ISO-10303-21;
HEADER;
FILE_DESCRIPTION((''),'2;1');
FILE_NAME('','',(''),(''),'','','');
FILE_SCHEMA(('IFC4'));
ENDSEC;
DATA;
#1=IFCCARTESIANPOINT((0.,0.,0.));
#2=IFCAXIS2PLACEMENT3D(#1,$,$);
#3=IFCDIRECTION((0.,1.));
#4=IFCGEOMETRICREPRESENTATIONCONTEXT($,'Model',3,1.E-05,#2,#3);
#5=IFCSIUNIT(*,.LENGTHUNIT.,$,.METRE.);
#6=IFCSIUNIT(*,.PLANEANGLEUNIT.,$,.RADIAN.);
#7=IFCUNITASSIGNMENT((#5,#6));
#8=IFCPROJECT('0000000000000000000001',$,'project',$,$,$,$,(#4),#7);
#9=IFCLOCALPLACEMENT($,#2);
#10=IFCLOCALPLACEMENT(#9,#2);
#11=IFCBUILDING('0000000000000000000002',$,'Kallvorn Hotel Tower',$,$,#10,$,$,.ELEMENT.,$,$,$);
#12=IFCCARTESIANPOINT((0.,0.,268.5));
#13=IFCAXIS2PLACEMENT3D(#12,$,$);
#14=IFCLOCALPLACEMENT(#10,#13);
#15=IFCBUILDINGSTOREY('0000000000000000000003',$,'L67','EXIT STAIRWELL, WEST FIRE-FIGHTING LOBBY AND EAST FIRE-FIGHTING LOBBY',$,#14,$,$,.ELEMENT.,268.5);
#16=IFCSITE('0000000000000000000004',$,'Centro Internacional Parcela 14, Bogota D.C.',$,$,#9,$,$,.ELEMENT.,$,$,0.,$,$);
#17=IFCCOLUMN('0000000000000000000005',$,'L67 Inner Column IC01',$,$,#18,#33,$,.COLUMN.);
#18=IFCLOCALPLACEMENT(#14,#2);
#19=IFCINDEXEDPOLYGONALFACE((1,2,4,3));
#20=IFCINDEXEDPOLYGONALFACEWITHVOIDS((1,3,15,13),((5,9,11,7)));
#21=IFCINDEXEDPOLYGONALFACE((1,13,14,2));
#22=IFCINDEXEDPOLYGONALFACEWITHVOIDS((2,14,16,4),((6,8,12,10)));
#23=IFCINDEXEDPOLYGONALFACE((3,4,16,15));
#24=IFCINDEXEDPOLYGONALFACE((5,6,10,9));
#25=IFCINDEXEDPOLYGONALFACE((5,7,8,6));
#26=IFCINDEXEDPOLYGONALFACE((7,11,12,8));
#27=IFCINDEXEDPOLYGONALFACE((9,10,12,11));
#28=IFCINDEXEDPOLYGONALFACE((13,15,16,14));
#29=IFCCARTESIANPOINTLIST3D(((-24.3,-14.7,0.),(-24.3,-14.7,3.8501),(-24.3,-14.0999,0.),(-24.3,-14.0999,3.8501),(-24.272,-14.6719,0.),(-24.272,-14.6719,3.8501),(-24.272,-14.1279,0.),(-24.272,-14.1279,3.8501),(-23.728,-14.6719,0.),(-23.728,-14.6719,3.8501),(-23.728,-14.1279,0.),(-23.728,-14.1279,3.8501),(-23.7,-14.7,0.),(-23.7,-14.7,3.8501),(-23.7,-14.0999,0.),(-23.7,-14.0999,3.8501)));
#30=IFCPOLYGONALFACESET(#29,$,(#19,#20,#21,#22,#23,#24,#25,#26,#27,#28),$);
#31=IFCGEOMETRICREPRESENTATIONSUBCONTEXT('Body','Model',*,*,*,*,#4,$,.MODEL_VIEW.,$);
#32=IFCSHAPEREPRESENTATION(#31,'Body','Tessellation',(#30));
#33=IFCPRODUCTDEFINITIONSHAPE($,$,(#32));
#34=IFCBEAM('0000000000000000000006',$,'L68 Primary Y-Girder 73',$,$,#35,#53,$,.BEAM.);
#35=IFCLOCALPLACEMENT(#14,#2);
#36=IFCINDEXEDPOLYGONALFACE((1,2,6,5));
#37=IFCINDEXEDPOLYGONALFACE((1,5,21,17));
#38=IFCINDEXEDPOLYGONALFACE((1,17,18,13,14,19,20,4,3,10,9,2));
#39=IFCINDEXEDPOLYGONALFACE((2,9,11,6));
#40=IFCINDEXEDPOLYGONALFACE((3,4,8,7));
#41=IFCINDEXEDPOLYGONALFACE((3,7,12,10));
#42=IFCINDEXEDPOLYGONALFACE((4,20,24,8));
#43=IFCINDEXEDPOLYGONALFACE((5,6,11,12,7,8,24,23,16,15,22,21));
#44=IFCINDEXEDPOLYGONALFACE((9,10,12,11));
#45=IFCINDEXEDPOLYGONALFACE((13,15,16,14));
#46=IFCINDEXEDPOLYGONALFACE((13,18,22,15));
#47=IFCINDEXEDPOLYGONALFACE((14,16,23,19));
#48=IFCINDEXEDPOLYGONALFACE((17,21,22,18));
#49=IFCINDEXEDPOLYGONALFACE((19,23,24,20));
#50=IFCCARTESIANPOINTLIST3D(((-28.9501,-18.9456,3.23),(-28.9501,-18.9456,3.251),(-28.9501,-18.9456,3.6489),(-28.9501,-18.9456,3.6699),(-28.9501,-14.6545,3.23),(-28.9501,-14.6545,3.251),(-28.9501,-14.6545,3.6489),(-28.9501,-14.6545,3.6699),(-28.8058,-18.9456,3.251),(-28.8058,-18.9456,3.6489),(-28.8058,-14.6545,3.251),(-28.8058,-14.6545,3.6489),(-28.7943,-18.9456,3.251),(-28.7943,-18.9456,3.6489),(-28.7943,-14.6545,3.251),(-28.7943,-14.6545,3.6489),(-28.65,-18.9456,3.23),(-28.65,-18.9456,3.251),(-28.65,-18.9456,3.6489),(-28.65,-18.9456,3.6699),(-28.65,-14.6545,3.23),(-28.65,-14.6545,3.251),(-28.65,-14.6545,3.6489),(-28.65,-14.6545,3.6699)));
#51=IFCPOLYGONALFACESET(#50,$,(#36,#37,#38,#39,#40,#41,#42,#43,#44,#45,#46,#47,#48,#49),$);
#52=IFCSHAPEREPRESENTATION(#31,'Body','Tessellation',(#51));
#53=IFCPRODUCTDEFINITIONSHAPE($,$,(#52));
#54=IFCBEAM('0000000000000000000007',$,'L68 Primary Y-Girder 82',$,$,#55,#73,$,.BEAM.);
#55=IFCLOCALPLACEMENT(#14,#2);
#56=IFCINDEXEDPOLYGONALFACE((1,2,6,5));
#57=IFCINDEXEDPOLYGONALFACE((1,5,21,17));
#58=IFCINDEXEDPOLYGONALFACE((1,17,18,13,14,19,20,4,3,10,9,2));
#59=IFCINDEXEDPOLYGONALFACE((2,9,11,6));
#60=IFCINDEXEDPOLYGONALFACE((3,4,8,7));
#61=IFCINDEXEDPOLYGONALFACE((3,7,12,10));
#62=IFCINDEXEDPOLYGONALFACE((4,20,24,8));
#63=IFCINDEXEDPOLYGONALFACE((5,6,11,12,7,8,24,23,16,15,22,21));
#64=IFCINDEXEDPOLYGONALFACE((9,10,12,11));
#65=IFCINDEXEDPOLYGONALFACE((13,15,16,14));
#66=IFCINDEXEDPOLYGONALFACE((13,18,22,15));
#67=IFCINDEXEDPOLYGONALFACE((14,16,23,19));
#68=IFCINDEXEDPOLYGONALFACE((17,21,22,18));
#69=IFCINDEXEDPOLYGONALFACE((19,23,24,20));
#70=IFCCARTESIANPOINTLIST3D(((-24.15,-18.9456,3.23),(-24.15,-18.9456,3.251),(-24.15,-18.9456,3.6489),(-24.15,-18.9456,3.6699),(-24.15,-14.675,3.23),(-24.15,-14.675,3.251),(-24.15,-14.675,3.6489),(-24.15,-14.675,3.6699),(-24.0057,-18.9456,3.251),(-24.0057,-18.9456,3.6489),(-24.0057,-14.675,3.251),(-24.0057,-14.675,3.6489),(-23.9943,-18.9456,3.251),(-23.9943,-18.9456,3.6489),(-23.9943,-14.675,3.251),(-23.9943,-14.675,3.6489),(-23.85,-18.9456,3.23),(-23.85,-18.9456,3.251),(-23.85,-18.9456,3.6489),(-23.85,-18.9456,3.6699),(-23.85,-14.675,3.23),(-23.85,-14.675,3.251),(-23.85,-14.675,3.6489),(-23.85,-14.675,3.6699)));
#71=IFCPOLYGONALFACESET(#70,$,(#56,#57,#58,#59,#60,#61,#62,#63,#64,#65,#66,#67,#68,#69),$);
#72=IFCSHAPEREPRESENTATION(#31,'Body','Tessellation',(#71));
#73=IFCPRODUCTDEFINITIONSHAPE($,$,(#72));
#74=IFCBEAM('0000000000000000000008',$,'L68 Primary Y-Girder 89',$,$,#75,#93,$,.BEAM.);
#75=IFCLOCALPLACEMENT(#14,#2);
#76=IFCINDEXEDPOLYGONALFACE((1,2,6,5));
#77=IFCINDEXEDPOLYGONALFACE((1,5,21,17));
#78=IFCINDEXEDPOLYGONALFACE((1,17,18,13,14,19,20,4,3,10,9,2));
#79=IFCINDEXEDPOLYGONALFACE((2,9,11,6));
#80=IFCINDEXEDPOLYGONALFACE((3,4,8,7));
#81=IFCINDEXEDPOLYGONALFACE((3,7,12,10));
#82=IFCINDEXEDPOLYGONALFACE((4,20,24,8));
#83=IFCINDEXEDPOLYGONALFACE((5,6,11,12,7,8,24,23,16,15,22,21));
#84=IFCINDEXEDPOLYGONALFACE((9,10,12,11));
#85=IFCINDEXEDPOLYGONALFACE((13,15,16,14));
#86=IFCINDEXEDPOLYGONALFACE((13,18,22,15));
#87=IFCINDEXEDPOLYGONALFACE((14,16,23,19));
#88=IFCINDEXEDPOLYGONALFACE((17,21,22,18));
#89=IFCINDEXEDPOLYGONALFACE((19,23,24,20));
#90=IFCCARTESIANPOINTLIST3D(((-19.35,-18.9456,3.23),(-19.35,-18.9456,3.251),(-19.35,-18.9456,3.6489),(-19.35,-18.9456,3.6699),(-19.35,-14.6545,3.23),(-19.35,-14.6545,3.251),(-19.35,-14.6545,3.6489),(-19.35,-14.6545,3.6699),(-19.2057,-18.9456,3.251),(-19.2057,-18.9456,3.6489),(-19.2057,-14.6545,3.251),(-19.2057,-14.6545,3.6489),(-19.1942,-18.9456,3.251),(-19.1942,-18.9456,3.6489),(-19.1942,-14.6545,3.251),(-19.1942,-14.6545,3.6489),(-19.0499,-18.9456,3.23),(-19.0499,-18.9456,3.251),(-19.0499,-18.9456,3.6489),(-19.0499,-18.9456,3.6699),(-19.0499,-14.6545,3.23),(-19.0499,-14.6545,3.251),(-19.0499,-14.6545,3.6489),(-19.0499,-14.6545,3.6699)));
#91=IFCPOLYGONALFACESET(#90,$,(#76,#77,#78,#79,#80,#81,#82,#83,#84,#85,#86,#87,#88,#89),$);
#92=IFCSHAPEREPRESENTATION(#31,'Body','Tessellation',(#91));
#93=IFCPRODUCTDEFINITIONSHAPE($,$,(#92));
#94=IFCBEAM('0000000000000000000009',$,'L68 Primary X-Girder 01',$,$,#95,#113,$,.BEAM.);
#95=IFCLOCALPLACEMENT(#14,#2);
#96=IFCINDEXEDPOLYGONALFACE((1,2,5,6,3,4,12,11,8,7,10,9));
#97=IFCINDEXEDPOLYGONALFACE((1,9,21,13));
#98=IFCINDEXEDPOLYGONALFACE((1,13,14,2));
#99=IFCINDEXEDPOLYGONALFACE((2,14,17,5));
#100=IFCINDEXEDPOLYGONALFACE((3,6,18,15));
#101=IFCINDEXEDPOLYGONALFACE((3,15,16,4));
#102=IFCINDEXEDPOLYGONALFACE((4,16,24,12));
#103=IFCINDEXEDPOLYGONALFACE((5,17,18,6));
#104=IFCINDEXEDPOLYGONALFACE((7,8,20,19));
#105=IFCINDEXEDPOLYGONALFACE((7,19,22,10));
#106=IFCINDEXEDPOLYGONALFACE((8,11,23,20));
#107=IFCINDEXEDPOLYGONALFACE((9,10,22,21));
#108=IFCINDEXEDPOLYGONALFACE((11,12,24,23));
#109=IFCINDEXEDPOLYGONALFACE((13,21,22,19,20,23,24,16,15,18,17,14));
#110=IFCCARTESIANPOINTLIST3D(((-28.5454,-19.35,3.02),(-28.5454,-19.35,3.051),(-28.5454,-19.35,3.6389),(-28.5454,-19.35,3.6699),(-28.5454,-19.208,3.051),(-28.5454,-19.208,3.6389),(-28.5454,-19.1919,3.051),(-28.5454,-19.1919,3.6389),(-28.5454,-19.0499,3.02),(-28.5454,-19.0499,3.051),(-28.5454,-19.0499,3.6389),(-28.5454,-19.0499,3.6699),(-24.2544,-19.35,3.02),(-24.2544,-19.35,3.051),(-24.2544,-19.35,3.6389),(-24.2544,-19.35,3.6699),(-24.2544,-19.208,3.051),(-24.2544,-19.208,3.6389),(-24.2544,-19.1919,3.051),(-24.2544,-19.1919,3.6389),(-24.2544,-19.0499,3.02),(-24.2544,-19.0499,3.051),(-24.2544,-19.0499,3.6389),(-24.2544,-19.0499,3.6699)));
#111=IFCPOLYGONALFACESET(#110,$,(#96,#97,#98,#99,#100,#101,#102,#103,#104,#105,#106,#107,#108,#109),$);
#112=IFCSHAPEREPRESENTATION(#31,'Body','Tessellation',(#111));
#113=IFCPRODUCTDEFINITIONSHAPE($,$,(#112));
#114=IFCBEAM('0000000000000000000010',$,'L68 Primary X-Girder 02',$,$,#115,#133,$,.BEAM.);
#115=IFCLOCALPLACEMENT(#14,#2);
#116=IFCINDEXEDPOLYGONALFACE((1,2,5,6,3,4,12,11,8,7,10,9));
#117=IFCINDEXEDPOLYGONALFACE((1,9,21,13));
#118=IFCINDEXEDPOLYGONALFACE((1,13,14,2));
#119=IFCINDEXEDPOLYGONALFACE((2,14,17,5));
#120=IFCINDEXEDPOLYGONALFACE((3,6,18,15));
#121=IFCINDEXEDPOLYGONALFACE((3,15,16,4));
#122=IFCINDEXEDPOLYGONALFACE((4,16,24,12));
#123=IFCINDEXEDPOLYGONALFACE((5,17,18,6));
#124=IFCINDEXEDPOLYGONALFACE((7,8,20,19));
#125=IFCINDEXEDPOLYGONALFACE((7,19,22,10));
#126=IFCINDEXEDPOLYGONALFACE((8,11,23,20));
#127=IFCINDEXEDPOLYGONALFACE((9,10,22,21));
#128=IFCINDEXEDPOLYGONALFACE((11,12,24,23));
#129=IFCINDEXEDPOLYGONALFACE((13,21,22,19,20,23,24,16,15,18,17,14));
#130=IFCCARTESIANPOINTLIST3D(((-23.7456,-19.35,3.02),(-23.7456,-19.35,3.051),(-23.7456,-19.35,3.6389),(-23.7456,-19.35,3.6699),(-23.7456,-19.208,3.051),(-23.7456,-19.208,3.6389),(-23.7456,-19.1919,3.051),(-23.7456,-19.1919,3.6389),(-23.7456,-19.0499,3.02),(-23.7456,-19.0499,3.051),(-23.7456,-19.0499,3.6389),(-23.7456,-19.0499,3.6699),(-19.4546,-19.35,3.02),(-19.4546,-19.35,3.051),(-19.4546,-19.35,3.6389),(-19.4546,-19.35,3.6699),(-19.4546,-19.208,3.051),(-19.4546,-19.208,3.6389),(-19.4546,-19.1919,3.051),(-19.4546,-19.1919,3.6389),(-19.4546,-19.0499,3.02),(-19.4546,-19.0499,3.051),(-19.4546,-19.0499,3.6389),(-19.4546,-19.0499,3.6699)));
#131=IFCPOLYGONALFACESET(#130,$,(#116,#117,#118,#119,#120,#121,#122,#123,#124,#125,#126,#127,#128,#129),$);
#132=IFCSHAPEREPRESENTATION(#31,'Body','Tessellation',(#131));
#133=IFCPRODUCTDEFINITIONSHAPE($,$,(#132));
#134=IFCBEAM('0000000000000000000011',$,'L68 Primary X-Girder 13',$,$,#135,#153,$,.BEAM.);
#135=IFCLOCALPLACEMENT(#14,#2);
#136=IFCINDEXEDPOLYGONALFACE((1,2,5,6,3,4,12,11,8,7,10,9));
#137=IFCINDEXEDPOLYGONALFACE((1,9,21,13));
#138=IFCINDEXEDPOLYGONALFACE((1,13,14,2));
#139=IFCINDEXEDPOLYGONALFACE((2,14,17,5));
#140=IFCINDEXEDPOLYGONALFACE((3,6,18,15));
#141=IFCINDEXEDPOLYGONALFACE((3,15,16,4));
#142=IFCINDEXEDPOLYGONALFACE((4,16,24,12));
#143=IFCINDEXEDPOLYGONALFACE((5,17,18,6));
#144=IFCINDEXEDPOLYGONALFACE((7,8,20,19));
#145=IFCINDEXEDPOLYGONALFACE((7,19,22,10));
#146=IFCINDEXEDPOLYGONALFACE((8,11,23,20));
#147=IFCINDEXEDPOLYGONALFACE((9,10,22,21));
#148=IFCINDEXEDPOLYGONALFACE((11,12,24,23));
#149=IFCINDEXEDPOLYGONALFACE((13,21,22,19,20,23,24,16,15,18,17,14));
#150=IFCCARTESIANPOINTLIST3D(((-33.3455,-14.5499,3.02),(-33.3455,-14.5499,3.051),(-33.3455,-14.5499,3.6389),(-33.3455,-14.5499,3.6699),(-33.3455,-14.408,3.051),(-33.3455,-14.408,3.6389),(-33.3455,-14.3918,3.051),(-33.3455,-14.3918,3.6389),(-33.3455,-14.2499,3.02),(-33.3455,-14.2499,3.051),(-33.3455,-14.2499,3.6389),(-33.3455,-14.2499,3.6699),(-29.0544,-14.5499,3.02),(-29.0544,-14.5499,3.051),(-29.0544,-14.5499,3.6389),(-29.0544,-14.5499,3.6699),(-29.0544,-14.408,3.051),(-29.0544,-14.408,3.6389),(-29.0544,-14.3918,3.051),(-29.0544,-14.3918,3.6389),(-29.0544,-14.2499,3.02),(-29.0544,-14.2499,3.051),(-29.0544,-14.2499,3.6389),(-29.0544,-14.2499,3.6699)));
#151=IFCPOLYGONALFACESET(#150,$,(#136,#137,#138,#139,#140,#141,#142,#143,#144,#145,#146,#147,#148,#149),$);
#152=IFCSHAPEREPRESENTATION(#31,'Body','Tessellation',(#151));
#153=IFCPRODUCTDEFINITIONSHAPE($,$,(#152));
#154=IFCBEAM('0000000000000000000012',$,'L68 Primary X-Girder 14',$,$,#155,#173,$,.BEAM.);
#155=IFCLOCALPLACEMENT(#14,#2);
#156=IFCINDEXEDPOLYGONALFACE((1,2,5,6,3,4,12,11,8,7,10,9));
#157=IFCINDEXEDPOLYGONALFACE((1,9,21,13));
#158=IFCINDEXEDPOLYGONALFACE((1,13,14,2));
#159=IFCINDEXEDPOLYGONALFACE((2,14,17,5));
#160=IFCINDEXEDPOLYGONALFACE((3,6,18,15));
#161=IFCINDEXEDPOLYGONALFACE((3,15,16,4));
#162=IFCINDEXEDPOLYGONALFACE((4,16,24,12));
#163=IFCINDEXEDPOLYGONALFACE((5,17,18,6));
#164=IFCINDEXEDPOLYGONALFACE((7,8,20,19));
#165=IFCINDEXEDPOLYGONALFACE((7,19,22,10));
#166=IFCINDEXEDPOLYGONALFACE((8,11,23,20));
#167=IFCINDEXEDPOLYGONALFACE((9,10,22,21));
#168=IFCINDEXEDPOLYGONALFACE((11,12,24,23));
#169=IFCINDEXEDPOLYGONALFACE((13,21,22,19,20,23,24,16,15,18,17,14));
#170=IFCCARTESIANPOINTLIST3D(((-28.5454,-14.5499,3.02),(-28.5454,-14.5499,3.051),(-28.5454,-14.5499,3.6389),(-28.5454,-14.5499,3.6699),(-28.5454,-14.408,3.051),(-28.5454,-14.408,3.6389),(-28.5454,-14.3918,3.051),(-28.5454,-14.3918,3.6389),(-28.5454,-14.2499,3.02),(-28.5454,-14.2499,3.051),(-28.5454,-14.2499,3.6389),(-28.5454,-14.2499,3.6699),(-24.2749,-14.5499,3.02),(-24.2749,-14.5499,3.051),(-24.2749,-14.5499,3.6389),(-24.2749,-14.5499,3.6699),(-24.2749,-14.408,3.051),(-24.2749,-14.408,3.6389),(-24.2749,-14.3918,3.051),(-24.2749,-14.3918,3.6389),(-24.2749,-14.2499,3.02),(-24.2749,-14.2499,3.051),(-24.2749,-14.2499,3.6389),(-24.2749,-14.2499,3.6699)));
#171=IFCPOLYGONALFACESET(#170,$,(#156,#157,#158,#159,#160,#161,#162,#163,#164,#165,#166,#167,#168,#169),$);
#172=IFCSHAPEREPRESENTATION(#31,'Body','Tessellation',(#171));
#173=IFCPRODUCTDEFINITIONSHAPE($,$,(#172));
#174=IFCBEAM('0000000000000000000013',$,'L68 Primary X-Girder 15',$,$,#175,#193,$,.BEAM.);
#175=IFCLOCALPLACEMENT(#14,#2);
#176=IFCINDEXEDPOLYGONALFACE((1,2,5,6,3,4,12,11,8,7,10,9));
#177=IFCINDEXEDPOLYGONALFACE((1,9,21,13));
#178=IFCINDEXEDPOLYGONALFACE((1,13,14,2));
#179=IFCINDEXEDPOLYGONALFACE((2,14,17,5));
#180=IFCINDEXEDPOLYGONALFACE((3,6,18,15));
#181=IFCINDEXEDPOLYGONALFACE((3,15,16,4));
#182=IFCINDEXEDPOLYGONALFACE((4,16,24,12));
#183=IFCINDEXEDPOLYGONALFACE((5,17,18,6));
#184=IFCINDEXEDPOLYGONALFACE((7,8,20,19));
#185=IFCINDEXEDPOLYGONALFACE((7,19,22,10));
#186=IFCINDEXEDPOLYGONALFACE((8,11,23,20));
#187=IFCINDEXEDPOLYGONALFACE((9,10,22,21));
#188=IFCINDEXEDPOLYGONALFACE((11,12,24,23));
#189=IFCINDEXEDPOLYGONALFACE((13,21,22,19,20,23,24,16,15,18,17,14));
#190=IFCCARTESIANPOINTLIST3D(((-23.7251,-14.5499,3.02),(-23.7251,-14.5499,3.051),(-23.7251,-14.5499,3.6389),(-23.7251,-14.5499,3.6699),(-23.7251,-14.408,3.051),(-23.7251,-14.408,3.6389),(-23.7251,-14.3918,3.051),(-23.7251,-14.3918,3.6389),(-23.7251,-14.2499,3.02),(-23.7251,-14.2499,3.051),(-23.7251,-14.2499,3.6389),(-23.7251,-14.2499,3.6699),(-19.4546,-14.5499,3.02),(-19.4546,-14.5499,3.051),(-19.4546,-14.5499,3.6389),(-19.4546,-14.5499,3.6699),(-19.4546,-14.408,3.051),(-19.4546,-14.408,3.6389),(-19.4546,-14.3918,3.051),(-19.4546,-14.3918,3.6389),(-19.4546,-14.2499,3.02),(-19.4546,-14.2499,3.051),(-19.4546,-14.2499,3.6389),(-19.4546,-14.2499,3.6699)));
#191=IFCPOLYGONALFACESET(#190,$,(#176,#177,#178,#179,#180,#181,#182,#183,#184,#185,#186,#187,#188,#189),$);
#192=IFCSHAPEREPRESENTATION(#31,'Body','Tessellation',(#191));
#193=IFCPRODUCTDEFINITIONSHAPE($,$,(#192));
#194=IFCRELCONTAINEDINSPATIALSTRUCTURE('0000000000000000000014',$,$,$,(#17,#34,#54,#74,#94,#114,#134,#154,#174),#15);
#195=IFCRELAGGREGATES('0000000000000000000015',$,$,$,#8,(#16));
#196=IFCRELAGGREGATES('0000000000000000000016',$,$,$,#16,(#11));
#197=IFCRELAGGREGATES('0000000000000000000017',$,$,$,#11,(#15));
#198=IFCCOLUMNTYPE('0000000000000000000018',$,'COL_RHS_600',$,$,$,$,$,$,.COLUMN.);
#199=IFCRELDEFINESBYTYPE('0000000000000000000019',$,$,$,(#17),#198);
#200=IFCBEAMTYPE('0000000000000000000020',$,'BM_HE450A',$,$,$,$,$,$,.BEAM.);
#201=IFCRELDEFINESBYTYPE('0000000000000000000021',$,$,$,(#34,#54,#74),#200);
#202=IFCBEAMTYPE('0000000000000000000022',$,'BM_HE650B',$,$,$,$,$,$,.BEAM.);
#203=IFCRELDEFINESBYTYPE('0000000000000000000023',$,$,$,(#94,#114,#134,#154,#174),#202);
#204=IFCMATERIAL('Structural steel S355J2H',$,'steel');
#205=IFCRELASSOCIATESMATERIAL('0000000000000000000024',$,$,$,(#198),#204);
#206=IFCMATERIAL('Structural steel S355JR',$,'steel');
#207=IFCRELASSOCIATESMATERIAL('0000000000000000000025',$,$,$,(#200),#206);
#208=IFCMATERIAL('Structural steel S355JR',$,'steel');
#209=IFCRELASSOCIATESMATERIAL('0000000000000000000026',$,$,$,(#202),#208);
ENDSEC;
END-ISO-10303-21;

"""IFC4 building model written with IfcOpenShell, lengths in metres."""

from ifc_helpers import new_model, si_unit, direction, frame, origin, origin_2d, place, context, subcontext, project, spatial, hollow_rectangle, i_section, extrude, material, material_profile, profile_set, type_object, element, save


model = new_model("IFC4")

# Units and contexts
model_context = context("Model", 3, precision=1e-05, world=origin(), true_north=direction((0.0, 1.0)))
body_context = subcontext(model_context, "Body", "Model", "MODEL_VIEW")
ifc_project = project(units=[si_unit("LENGTHUNIT", "METRE"), si_unit("PLANEANGLEUNIT", "RADIAN")], contexts=[model_context])

# Site, building, storey
site_placement = place(None, origin())
site = spatial("IfcSite", under=ifc_project, at=site_placement, Name="Centro Internacional Parcela 14, Bogota D.C.", CompositionType="ELEMENT", RefElevation=0.0)
building_placement = place(site_placement, origin())
building = spatial("IfcBuilding", under=site, at=building_placement, Name="Kallvorn Hotel Tower", CompositionType="ELEMENT")
storey_placement = place(building_placement, frame((0.0, 0.0, 268.5)))
storey = spatial("IfcBuildingStorey", under=building, at=storey_placement, Name="L67", Description="EXIT STAIRWELL, WEST FIRE-FIGHTING LOBBY AND EAST FIRE-FIGHTING LOBBY", CompositionType="ELEMENT", Elevation=268.5)

# Column
ifc_material_1 = material(Name="Structural steel S355J2H", Category="steel")
ifc_material_profile_1 = material_profile(ifc_material_1, hollow_rectangle(XDim=0.6001, YDim=0.6001, WallThickness=0.0281, at=origin_2d()), Name="RHS 600x600x28")
ifc_profile_set_1 = profile_set([ifc_material_profile_1], Name="Structural steel S355J2H")
column_type_1 = type_object("IfcColumnType", Name="COL_RHS_600", PredefinedType="COLUMN", material=ifc_profile_set_1)
column_placement = place(storey_placement, frame((-24.0, -14.3999, 0.0), z_axis=(0.0, 0.0, 1.0), x_axis=(1.0, 0.0, 0.0)))
element("IfcColumn", 1, at=column_placement, inside=storey, type_object=column_type_1, Name="L67 Inner Column IC01", PredefinedType="COLUMN", context=body_context, shape_type="SweptSolid", body=[
    extrude(hollow_rectangle(XDim=0.6001, YDim=0.6001, WallThickness=0.0281, at=origin_2d()), origin(), (0.0, 0.0, 1.0), 3.8501),
])

# Beams
ifc_material_2 = material(Name="Structural steel S355JR", Category="steel")
ifc_material_profile_2 = material_profile(ifc_material_2, i_section(OverallWidth=0.3, OverallDepth=0.4399, WebThickness=0.0115, FlangeThickness=0.021, at=origin_2d()), Name="HE 450 A")
ifc_profile_set_2 = profile_set([ifc_material_profile_2], Name="Structural steel S355JR")
beam_type_1 = type_object("IfcBeamType", Name="BM_HE450A", PredefinedType="BEAM", material=ifc_profile_set_2)
beam_1_placement = place(storey_placement, frame((-28.8, -18.9456, 3.45), z_axis=(0.0, 1.0, 0.0), x_axis=(-1.0, 0.0, 0.0)))
element("IfcBeam", 2, at=beam_1_placement, inside=storey, type_object=beam_type_1, Name="L68 Primary Y-Girder 73", PredefinedType="BEAM", context=body_context, shape_type="SweptSolid", body=[
    extrude(i_section(OverallWidth=0.3, OverallDepth=0.4399, WebThickness=0.0115, FlangeThickness=0.021, at=origin_2d()), origin(), (0.0, 0.0, 1.0), 4.291),
])
beam_2_placement = place(storey_placement, frame((-24.0, -18.9456, 3.45), z_axis=(0.0, 1.0, 0.0), x_axis=(-1.0, 0.0, 0.0)))
element("IfcBeam", 3, at=beam_2_placement, inside=storey, type_object=beam_type_1, Name="L68 Primary Y-Girder 82", PredefinedType="BEAM", context=body_context, shape_type="SweptSolid", body=[
    extrude(i_section(OverallWidth=0.3, OverallDepth=0.4399, WebThickness=0.0115, FlangeThickness=0.021, at=origin_2d()), origin(), (0.0, 0.0, 1.0), 4.2705),
])
beam_3_placement = place(storey_placement, frame((-19.2, -18.9456, 3.45), z_axis=(0.0, 1.0, 0.0), x_axis=(-1.0, 0.0, 0.0)))
element("IfcBeam", 4, at=beam_3_placement, inside=storey, type_object=beam_type_1, Name="L68 Primary Y-Girder 89", PredefinedType="BEAM", context=body_context, shape_type="SweptSolid", body=[
    extrude(i_section(OverallWidth=0.3, OverallDepth=0.4399, WebThickness=0.0115, FlangeThickness=0.021, at=origin_2d()), origin(), (0.0, 0.0, 1.0), 4.291),
])
ifc_material_3 = material(Name="Structural steel S355JR", Category="steel")
ifc_material_profile_3 = material_profile(ifc_material_3, i_section(OverallWidth=0.3, OverallDepth=0.6499, WebThickness=0.0161, FlangeThickness=0.031, at=origin_2d()), Name="HE 650 B")
ifc_profile_set_3 = profile_set([ifc_material_profile_3], Name="Structural steel S355JR")
beam_type_2 = type_object("IfcBeamType", Name="BM_HE650B", PredefinedType="BEAM", material=ifc_profile_set_3)
for number, where, z_axis, x_axis, name in (
    (5, (-28.5454, -19.2, 3.345), (1.0, 0.0, 0.0), (0.0, 1.0, 0.0), "L68 Primary X-Girder 01"),
    (6, (-23.7456, -19.2, 3.345), (1.0, 0.0, 0.0), (0.0, 1.0, 0.0), "L68 Primary X-Girder 02"),
    (7, (-33.3455, -14.3999, 3.345), (1.0, 0.0, 0.0), (0.0, 1.0, 0.0), "L68 Primary X-Girder 13"),
):
    element("IfcBeam", number, at=place(storey_placement, frame(where, z_axis=z_axis, x_axis=x_axis)), inside=storey, type_object=beam_type_2, Name=name, PredefinedType="BEAM", context=body_context, shape_type="SweptSolid", body=[
        extrude(i_section(OverallWidth=0.3, OverallDepth=0.6499, WebThickness=0.0161, FlangeThickness=0.031, at=origin_2d()), origin(), (0.0, 0.0, 1.0), 4.291),
    ])
for number, where, z_axis, x_axis, name in (
    (8, (-28.5454, -14.3999, 3.345), (1.0, 0.0, 0.0), (0.0, 1.0, 0.0), "L68 Primary X-Girder 14"),
    (9, (-23.7251, -14.3999, 3.345), (1.0, 0.0, 0.0), (0.0, 1.0, 0.0), "L68 Primary X-Girder 15"),
):
    element("IfcBeam", number, at=place(storey_placement, frame(where, z_axis=z_axis, x_axis=x_axis)), inside=storey, type_object=beam_type_2, Name=name, PredefinedType="BEAM", context=body_context, shape_type="SweptSolid", body=[
        extrude(i_section(OverallWidth=0.3, OverallDepth=0.6499, WebThickness=0.0161, FlangeThickness=0.031, at=origin_2d()), origin(), (0.0, 0.0, 1.0), 4.2705),
    ])

save(model, "model.ifc")
